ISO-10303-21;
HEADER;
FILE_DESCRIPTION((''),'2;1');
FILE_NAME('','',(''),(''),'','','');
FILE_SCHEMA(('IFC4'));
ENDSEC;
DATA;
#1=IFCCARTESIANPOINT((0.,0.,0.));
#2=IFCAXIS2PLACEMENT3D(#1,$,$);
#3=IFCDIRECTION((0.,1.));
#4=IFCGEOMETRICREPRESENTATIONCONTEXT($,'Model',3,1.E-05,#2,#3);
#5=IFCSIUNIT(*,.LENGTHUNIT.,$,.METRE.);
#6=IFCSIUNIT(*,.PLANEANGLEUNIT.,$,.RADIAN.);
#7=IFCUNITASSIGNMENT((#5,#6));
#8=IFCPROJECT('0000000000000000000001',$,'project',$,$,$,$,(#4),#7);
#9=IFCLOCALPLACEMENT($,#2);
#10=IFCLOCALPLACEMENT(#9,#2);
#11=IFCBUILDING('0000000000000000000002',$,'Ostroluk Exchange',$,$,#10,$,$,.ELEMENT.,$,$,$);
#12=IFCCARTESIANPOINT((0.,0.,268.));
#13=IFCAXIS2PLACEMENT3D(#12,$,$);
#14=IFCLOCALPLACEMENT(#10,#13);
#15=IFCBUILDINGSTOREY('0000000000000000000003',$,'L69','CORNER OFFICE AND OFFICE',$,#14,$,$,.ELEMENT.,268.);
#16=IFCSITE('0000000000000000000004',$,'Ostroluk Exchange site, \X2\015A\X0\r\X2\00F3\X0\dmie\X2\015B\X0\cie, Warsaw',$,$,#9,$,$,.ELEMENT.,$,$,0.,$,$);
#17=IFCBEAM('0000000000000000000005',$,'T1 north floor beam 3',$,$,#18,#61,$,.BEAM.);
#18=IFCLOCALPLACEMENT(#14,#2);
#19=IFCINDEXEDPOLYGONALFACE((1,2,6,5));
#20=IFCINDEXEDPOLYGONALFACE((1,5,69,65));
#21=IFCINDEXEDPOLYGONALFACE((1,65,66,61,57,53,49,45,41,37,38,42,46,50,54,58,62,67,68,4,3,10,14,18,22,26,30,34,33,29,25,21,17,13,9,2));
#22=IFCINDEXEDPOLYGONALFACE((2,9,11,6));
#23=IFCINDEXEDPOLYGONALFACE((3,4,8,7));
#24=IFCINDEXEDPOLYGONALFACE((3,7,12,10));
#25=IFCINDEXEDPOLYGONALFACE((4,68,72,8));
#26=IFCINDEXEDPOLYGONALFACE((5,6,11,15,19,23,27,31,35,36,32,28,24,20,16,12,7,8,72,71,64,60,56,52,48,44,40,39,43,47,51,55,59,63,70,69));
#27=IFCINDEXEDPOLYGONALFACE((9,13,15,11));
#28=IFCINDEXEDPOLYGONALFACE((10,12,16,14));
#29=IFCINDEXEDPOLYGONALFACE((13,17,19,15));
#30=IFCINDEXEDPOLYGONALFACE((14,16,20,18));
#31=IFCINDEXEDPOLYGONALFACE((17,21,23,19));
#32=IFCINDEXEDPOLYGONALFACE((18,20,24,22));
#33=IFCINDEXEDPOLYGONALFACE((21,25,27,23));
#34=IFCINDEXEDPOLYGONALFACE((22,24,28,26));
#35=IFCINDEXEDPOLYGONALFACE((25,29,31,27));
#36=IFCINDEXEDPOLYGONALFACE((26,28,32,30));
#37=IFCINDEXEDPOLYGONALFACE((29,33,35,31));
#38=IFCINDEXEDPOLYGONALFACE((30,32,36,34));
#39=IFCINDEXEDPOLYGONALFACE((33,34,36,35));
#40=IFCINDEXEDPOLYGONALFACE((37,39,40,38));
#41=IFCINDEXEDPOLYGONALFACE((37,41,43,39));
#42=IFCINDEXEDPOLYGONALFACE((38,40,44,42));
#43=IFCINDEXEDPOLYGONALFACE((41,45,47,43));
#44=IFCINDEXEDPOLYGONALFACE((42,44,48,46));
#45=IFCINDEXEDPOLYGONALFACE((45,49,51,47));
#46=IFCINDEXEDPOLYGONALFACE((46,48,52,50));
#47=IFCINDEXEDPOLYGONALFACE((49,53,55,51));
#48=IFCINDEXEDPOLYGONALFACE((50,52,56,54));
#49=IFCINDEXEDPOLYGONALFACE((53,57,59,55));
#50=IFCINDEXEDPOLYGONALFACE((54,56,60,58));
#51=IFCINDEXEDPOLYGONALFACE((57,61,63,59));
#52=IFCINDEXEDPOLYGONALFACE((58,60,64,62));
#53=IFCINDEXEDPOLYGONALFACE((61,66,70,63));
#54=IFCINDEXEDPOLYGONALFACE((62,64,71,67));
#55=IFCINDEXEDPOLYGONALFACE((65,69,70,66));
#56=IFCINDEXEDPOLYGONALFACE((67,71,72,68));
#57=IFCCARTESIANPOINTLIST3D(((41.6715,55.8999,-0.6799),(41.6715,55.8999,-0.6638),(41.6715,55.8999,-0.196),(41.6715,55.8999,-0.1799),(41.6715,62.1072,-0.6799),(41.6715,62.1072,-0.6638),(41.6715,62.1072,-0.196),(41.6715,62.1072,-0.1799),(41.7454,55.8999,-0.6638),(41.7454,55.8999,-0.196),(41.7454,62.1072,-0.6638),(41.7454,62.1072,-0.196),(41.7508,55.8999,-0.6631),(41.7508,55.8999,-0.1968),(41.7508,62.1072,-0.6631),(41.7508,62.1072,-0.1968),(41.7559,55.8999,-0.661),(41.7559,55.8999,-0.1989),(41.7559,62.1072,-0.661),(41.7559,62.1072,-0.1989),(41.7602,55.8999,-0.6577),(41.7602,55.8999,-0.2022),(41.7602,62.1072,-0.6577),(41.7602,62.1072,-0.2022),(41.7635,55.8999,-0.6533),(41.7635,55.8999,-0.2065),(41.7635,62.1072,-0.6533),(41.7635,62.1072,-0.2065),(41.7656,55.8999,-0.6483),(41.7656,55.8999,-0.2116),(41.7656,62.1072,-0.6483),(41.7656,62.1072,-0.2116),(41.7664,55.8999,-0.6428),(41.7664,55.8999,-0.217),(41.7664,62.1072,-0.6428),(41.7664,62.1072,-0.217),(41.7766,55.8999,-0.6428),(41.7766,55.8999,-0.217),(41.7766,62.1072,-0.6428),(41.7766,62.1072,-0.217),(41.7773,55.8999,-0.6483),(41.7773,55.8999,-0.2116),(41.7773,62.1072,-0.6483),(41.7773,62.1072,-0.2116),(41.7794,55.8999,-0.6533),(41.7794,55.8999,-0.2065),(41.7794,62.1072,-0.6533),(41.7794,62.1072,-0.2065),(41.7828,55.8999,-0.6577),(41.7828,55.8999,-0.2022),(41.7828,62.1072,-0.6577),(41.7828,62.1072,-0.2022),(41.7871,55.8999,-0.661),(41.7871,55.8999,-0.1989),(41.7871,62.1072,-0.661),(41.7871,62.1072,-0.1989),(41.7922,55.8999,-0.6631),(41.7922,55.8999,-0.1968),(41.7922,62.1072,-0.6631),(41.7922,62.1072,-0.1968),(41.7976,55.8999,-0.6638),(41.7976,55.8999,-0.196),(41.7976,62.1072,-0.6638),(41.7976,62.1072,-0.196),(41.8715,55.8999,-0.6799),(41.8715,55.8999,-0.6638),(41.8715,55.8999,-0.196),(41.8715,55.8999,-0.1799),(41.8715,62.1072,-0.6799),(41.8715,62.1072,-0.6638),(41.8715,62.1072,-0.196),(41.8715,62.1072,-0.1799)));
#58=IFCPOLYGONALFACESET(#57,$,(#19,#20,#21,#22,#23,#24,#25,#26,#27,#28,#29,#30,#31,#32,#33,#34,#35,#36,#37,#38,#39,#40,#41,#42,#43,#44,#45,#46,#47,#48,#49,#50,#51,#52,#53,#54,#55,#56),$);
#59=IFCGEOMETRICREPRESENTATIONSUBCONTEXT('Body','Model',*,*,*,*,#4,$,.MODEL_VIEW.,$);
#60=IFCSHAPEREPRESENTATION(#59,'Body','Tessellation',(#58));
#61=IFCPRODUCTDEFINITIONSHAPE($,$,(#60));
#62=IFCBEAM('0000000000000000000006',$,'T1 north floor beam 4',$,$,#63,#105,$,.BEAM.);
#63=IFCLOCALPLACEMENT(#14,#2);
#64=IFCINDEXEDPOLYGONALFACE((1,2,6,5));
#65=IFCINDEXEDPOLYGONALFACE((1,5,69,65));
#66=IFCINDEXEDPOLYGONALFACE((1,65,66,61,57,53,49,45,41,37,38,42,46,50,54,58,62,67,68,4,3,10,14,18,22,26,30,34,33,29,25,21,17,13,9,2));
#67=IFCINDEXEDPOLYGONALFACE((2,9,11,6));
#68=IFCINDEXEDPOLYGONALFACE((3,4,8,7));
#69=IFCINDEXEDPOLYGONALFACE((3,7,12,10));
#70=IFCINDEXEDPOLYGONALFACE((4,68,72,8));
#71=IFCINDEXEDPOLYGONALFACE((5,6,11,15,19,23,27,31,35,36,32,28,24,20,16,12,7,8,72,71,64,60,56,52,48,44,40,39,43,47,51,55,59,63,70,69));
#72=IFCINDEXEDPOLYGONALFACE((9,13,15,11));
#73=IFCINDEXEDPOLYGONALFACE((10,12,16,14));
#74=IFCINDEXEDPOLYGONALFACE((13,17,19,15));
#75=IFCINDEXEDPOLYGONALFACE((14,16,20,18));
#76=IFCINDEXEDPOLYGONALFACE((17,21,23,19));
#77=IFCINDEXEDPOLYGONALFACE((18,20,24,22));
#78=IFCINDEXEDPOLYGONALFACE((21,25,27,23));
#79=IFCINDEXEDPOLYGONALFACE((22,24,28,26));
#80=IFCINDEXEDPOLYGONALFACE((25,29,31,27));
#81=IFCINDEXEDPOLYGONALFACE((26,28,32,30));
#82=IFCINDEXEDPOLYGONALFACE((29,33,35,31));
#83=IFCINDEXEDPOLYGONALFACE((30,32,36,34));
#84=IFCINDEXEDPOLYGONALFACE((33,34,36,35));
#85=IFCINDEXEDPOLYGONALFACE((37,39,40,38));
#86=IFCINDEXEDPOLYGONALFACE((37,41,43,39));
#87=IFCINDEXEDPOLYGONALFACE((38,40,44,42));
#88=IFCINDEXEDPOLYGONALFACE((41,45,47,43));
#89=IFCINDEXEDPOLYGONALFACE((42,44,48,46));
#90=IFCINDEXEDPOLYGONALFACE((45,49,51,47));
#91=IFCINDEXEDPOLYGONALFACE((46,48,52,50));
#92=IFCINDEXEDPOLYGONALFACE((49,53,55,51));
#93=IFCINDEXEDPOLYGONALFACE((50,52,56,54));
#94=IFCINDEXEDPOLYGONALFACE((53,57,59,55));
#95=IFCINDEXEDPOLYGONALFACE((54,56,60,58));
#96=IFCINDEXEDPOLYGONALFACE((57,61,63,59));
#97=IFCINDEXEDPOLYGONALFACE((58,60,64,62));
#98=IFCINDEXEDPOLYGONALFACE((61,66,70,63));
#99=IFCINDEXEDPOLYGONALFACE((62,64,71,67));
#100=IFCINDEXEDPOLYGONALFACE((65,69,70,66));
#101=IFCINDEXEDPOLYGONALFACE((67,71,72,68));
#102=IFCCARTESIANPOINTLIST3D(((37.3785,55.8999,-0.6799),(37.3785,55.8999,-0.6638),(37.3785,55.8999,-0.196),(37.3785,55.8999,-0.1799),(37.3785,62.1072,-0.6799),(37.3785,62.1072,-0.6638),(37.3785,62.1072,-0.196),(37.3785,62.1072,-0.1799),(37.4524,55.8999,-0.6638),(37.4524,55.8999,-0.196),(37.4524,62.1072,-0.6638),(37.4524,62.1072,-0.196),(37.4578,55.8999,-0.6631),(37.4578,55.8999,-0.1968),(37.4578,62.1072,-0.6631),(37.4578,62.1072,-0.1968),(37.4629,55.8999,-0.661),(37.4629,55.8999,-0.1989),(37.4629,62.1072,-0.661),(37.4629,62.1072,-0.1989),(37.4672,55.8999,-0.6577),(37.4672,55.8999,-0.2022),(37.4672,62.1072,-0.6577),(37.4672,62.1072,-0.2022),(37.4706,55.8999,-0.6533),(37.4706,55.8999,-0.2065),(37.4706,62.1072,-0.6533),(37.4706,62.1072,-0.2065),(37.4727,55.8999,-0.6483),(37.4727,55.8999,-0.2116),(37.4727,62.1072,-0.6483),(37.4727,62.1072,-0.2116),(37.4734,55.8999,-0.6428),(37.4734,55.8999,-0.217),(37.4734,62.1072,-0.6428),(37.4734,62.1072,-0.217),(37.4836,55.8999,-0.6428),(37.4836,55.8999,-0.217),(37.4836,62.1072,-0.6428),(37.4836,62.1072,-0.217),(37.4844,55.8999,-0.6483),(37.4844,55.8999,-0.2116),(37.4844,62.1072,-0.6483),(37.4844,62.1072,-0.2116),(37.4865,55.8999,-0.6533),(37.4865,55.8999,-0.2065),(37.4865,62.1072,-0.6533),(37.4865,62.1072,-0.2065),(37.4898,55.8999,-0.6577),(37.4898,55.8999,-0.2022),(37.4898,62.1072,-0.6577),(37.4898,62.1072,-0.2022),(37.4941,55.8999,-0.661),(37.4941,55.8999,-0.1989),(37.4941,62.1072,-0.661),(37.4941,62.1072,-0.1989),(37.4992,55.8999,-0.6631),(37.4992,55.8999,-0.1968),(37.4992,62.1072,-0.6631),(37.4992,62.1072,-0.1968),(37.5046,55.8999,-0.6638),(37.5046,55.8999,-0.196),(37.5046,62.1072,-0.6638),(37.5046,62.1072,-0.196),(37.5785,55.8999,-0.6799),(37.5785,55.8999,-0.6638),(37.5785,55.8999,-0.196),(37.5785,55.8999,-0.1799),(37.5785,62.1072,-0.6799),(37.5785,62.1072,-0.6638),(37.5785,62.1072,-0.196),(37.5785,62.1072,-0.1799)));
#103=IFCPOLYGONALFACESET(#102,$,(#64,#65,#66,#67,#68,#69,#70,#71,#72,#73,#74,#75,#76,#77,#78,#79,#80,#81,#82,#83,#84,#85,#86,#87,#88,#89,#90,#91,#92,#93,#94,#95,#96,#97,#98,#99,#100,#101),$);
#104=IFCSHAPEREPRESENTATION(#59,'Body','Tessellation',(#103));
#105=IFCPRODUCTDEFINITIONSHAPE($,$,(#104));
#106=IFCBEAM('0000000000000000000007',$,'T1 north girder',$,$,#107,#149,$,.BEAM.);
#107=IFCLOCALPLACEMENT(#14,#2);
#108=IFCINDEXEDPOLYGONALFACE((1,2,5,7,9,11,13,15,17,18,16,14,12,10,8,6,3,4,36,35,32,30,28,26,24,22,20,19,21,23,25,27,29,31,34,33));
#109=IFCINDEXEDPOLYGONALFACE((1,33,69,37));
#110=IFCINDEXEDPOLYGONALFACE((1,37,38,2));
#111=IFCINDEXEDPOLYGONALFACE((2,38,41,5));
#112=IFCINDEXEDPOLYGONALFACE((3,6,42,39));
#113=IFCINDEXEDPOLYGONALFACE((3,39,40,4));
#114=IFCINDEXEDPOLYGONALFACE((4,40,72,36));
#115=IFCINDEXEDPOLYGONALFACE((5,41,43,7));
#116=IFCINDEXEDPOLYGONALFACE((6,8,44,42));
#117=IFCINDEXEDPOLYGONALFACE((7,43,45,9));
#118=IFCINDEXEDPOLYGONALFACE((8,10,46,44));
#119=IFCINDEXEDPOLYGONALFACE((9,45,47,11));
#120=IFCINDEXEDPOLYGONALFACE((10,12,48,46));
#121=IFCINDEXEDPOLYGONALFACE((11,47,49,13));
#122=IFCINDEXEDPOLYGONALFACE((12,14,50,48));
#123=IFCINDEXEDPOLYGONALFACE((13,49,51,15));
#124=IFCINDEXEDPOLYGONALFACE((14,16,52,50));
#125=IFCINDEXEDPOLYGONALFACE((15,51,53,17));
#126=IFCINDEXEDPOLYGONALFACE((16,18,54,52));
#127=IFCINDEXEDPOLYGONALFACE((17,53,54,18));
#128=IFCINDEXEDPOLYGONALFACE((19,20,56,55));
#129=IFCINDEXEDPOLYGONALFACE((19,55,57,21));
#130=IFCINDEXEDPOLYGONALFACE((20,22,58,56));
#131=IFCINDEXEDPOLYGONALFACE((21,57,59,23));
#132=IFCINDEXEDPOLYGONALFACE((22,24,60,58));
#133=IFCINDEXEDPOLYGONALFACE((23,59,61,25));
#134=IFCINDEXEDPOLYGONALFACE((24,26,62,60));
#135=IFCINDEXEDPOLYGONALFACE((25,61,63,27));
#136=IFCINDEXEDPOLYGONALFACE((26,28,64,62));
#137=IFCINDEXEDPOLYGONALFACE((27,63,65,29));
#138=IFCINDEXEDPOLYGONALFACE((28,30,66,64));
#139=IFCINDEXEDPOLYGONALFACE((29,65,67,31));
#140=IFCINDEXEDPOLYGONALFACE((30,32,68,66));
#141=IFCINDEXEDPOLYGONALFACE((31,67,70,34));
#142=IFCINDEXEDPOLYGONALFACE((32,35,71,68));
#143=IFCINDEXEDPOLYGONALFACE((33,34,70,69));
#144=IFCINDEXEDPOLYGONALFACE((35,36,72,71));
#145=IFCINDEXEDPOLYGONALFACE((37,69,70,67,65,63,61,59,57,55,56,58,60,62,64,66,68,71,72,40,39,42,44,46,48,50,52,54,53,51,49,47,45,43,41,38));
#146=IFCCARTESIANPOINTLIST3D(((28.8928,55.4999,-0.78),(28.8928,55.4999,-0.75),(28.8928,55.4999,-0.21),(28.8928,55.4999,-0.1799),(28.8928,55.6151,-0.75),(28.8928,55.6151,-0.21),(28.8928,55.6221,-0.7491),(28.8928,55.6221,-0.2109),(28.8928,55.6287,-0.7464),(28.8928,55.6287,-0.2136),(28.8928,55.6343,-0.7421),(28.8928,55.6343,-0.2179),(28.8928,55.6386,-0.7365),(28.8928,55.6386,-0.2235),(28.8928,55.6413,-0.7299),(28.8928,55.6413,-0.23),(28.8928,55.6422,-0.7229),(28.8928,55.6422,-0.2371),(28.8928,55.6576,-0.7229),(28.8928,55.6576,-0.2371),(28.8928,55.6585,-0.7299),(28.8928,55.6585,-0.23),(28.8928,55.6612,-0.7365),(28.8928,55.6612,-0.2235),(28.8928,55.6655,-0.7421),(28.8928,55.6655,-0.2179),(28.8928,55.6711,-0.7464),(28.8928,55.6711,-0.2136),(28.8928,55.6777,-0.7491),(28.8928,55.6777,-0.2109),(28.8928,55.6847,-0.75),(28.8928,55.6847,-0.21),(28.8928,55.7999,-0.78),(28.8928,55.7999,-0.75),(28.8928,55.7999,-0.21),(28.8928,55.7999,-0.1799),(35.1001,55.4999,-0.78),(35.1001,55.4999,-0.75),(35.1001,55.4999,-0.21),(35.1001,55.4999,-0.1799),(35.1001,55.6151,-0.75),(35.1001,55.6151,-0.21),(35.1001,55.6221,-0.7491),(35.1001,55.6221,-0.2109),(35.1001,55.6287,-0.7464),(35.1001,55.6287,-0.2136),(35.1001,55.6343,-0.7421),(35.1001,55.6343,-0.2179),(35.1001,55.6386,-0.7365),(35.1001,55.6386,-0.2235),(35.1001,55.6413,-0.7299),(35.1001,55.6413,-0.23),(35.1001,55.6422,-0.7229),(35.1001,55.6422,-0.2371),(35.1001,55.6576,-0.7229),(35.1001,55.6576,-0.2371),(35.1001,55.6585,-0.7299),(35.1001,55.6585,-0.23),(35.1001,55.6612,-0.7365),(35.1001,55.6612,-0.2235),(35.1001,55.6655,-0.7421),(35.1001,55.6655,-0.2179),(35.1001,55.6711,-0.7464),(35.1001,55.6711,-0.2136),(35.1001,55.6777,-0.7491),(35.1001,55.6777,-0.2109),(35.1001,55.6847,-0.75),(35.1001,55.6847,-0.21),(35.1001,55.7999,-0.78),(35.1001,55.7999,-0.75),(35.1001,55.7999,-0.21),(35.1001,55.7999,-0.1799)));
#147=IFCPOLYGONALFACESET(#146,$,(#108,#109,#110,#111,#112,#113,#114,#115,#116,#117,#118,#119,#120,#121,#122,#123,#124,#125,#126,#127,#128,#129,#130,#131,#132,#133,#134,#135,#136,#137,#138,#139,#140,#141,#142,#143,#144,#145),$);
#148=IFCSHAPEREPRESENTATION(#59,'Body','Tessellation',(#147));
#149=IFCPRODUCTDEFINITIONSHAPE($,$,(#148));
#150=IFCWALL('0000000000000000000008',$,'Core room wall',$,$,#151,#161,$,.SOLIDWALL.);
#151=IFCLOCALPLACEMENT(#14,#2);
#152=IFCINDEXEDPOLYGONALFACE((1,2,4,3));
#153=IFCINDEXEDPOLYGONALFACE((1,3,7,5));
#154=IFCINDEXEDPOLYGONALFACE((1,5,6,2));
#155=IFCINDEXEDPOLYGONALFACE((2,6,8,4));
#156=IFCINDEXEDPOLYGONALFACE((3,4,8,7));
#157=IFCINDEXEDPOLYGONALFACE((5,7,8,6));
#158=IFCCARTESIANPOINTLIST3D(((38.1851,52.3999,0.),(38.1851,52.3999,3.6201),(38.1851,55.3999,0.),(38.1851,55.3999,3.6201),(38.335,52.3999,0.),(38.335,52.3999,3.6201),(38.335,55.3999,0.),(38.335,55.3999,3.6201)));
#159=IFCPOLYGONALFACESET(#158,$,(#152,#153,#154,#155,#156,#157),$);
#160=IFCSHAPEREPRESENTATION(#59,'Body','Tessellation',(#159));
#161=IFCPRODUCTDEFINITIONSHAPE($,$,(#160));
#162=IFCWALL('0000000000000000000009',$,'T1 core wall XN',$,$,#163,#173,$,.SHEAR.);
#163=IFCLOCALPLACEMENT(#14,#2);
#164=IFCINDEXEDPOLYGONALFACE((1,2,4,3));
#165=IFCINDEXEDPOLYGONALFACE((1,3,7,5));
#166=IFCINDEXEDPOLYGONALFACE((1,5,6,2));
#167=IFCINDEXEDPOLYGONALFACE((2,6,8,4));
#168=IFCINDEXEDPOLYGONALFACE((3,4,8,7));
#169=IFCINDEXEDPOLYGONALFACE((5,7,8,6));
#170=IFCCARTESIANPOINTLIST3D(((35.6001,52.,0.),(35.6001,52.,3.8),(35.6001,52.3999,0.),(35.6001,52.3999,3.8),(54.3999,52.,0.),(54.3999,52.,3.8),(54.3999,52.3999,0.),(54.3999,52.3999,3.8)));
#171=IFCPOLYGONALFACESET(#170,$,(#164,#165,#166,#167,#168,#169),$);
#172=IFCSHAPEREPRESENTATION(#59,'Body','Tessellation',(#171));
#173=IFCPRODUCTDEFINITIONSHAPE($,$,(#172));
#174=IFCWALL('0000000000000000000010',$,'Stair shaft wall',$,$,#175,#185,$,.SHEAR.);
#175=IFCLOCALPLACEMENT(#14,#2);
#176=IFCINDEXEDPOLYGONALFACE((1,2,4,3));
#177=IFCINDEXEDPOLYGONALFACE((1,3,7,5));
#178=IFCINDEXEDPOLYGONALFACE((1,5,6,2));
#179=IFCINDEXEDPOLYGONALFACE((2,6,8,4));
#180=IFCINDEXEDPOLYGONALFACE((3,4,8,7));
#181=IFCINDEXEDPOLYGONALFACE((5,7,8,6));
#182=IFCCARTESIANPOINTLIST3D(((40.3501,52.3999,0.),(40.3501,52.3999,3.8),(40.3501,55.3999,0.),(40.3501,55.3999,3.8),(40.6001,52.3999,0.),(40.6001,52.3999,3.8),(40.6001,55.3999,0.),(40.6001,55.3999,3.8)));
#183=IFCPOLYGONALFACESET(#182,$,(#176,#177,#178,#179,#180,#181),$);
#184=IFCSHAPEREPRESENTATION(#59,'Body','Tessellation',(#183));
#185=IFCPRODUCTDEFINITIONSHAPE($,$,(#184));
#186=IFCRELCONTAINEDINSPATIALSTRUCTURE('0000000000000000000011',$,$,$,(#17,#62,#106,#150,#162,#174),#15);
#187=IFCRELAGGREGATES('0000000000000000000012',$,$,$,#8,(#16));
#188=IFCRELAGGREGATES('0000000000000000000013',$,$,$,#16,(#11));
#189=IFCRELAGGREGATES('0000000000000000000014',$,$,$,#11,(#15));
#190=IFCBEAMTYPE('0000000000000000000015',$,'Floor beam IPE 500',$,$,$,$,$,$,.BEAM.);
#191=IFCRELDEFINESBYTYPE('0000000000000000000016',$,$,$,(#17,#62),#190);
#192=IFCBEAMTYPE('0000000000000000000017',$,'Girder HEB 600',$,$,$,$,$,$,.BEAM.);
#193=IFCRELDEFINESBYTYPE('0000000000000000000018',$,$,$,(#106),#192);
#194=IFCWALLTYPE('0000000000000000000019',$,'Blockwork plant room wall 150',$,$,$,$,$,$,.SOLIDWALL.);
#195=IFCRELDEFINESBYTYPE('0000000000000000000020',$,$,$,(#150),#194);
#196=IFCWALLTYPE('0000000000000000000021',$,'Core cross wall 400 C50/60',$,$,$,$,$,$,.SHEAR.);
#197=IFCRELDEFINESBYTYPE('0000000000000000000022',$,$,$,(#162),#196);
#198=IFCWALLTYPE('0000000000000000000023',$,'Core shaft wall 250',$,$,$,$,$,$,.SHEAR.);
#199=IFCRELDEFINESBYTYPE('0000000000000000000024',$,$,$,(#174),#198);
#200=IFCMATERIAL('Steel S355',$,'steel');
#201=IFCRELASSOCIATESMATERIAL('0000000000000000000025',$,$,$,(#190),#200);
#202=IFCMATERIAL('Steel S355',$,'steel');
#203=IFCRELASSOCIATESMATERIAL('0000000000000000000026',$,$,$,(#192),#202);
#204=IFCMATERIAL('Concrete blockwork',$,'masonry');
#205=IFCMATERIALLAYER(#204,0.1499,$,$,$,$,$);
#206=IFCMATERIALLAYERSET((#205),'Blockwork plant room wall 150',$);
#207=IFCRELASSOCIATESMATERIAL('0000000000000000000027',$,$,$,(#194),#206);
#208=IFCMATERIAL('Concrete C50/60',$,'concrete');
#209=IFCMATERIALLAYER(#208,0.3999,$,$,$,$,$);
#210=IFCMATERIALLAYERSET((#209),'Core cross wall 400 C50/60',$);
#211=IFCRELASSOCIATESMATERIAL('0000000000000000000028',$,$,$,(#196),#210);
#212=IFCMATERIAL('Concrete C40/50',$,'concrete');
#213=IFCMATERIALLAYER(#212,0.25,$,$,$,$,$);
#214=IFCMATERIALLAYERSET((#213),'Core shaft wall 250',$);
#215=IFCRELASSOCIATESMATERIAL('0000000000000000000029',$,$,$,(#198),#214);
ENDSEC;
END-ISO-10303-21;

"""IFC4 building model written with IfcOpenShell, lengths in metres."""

from ifc_helpers import new_model, si_unit, direction, frame, frame_2d, origin, origin_2d, place, context, subcontext, project, spatial, rectangle, i_section, extrude, material, layer, layer_set, material_profile, profile_set, type_object, element, save


model = new_model("IFC4")

# Units and contexts
model_context = context("Model", 3, precision=1e-05, world=origin(), true_north=direction((0.0, 1.0)))
body_context = subcontext(model_context, "Body", "Model", "MODEL_VIEW")
ifc_project = project(units=[si_unit("LENGTHUNIT", "METRE"), si_unit("PLANEANGLEUNIT", "RADIAN")], contexts=[model_context])

# Site, building, storey
site_placement = place(None, origin())
site = spatial("IfcSite", under=ifc_project, at=site_placement, Name="Ostroluk Exchange site, Śródmieście, Warsaw", CompositionType="ELEMENT", RefElevation=0.0)
building_placement = place(site_placement, origin())
building = spatial("IfcBuilding", under=site, at=building_placement, Name="Ostroluk Exchange", CompositionType="ELEMENT")
storey_placement = place(building_placement, frame((0.0, 0.0, 268.0)))
storey = spatial("IfcBuildingStorey", under=building, at=storey_placement, Name="L69", Description="CORNER OFFICE AND OFFICE", CompositionType="ELEMENT", Elevation=268.0)

# Beams
ifc_material_1 = material(Name="Steel S355", Category="steel")
ifc_material_profile_1 = material_profile(ifc_material_1, i_section(OverallWidth=0.2, OverallDepth=0.5, WebThickness=0.0103, FlangeThickness=0.0161, FilletRadius=0.021, at=origin_2d()), Name="IPE 500")
ifc_profile_set_1 = profile_set([ifc_material_profile_1], Name="Steel S355")
beam_type_1 = type_object("IfcBeamType", Name="Floor beam IPE 500", PredefinedType="BEAM", material=ifc_profile_set_1)
for number, where, z_axis, x_axis, name in (
    (1, (41.7715, 55.8999, -0.4299), (0.0, 1.0, 0.0), (-1.0, 0.0, 0.0), "T1 north floor beam 3"),
    (2, (37.4785, 55.8999, -0.4299), (0.0, 1.0, 0.0), (-1.0, 0.0, 0.0), "T1 north floor beam 4"),
):
    element("IfcBeam", number, at=place(storey_placement, frame(where, z_axis=z_axis, x_axis=x_axis)), inside=storey, type_object=beam_type_1, Name=name, PredefinedType="BEAM", context=body_context, shape_type="SweptSolid", body=[
        extrude(i_section(OverallWidth=0.2, OverallDepth=0.5, WebThickness=0.0103, FlangeThickness=0.0161, FilletRadius=0.021, at=origin_2d()), origin(), (0.0, 0.0, 1.0), 6.2073),
    ])
ifc_material_2 = material(Name="Steel S355", Category="steel")
ifc_material_profile_2 = material_profile(ifc_material_2, i_section(OverallWidth=0.3, OverallDepth=0.6001, WebThickness=0.0154, FlangeThickness=0.03, FilletRadius=0.0271, at=origin_2d()), Name="HEB 600")
ifc_profile_set_2 = profile_set([ifc_material_profile_2], Name="Steel S355")
beam_type_2 = type_object("IfcBeamType", Name="Girder HEB 600", PredefinedType="BEAM", material=ifc_profile_set_2)
beam_placement = place(storey_placement, frame((35.1001, 55.6499, -0.48), z_axis=(-1.0, 0.0, 0.0), x_axis=(0.0, -1.0, 0.0)))
element("IfcBeam", 3, at=beam_placement, inside=storey, type_object=beam_type_2, Name="T1 north girder", PredefinedType="BEAM", context=body_context, shape_type="SweptSolid", body=[
    extrude(i_section(OverallWidth=0.3, OverallDepth=0.6001, WebThickness=0.0154, FlangeThickness=0.03, FilletRadius=0.0271, at=origin_2d()), origin(), (0.0, 0.0, 1.0), 6.2073),
])

# Walls
ifc_material_3 = material(Name="Concrete blockwork", Category="masonry")
ifc_layer_1 = layer(ifc_material_3, 0.1499)
ifc_layer_set_1 = layer_set([ifc_layer_1], Name="Blockwork plant room wall 150")
wall_type_1 = type_object("IfcWallType", Name="Blockwork plant room wall 150", PredefinedType="SOLIDWALL", material=ifc_layer_set_1)
wall_1_placement = place(storey_placement, frame((38.26, 52.3999, 0.0), z_axis=(0.0, 0.0, 1.0), x_axis=(0.0, 1.0, 0.0)))
element("IfcWall", 4, at=wall_1_placement, inside=storey, type_object=wall_type_1, Name="Core room wall", PredefinedType="SOLIDWALL", context=body_context, shape_type="SweptSolid", body=[
    extrude(rectangle(XDim=3.0, YDim=0.1499, at=frame_2d((1.5, 0.0))), origin(), (0.0, 0.0, 1.0), 3.6201),
])
ifc_material_4 = material(Name="Concrete C50/60", Category="concrete")
ifc_layer_2 = layer(ifc_material_4, 0.3999)
ifc_layer_set_2 = layer_set([ifc_layer_2], Name="Core cross wall 400 C50/60")
wall_type_2 = type_object("IfcWallType", Name="Core cross wall 400 C50/60", PredefinedType="SHEAR", material=ifc_layer_set_2)
wall_2_placement = place(storey_placement, frame((35.6001, 52.2, 0.0), z_axis=(0.0, 0.0, 1.0), x_axis=(1.0, 0.0, 0.0)))
element("IfcWall", 5, at=wall_2_placement, inside=storey, type_object=wall_type_2, Name="T1 core wall XN", PredefinedType="SHEAR", context=body_context, shape_type="SweptSolid", body=[
    extrude(rectangle(XDim=18.7998, YDim=0.3999, at=frame_2d((9.3999, 0.0))), origin(), (0.0, 0.0, 1.0), 3.8),
])
ifc_material_5 = material(Name="Concrete C40/50", Category="concrete")
ifc_layer_3 = layer(ifc_material_5, 0.25)
ifc_layer_set_3 = layer_set([ifc_layer_3], Name="Core shaft wall 250")
wall_type_3 = type_object("IfcWallType", Name="Core shaft wall 250", PredefinedType="SHEAR", material=ifc_layer_set_3)
wall_3_placement = place(storey_placement, frame((40.4751, 52.3999, 0.0), z_axis=(0.0, 0.0, 1.0), x_axis=(0.0, 1.0, 0.0)))
element("IfcWall", 6, at=wall_3_placement, inside=storey, type_object=wall_type_3, Name="Stair shaft wall", PredefinedType="SHEAR", context=body_context, shape_type="SweptSolid", body=[
    extrude(rectangle(XDim=3.0, YDim=0.25, at=frame_2d((1.5, 0.0))), origin(), (0.0, 0.0, 1.0), 3.8),
])

save(model, "model.ifc")
